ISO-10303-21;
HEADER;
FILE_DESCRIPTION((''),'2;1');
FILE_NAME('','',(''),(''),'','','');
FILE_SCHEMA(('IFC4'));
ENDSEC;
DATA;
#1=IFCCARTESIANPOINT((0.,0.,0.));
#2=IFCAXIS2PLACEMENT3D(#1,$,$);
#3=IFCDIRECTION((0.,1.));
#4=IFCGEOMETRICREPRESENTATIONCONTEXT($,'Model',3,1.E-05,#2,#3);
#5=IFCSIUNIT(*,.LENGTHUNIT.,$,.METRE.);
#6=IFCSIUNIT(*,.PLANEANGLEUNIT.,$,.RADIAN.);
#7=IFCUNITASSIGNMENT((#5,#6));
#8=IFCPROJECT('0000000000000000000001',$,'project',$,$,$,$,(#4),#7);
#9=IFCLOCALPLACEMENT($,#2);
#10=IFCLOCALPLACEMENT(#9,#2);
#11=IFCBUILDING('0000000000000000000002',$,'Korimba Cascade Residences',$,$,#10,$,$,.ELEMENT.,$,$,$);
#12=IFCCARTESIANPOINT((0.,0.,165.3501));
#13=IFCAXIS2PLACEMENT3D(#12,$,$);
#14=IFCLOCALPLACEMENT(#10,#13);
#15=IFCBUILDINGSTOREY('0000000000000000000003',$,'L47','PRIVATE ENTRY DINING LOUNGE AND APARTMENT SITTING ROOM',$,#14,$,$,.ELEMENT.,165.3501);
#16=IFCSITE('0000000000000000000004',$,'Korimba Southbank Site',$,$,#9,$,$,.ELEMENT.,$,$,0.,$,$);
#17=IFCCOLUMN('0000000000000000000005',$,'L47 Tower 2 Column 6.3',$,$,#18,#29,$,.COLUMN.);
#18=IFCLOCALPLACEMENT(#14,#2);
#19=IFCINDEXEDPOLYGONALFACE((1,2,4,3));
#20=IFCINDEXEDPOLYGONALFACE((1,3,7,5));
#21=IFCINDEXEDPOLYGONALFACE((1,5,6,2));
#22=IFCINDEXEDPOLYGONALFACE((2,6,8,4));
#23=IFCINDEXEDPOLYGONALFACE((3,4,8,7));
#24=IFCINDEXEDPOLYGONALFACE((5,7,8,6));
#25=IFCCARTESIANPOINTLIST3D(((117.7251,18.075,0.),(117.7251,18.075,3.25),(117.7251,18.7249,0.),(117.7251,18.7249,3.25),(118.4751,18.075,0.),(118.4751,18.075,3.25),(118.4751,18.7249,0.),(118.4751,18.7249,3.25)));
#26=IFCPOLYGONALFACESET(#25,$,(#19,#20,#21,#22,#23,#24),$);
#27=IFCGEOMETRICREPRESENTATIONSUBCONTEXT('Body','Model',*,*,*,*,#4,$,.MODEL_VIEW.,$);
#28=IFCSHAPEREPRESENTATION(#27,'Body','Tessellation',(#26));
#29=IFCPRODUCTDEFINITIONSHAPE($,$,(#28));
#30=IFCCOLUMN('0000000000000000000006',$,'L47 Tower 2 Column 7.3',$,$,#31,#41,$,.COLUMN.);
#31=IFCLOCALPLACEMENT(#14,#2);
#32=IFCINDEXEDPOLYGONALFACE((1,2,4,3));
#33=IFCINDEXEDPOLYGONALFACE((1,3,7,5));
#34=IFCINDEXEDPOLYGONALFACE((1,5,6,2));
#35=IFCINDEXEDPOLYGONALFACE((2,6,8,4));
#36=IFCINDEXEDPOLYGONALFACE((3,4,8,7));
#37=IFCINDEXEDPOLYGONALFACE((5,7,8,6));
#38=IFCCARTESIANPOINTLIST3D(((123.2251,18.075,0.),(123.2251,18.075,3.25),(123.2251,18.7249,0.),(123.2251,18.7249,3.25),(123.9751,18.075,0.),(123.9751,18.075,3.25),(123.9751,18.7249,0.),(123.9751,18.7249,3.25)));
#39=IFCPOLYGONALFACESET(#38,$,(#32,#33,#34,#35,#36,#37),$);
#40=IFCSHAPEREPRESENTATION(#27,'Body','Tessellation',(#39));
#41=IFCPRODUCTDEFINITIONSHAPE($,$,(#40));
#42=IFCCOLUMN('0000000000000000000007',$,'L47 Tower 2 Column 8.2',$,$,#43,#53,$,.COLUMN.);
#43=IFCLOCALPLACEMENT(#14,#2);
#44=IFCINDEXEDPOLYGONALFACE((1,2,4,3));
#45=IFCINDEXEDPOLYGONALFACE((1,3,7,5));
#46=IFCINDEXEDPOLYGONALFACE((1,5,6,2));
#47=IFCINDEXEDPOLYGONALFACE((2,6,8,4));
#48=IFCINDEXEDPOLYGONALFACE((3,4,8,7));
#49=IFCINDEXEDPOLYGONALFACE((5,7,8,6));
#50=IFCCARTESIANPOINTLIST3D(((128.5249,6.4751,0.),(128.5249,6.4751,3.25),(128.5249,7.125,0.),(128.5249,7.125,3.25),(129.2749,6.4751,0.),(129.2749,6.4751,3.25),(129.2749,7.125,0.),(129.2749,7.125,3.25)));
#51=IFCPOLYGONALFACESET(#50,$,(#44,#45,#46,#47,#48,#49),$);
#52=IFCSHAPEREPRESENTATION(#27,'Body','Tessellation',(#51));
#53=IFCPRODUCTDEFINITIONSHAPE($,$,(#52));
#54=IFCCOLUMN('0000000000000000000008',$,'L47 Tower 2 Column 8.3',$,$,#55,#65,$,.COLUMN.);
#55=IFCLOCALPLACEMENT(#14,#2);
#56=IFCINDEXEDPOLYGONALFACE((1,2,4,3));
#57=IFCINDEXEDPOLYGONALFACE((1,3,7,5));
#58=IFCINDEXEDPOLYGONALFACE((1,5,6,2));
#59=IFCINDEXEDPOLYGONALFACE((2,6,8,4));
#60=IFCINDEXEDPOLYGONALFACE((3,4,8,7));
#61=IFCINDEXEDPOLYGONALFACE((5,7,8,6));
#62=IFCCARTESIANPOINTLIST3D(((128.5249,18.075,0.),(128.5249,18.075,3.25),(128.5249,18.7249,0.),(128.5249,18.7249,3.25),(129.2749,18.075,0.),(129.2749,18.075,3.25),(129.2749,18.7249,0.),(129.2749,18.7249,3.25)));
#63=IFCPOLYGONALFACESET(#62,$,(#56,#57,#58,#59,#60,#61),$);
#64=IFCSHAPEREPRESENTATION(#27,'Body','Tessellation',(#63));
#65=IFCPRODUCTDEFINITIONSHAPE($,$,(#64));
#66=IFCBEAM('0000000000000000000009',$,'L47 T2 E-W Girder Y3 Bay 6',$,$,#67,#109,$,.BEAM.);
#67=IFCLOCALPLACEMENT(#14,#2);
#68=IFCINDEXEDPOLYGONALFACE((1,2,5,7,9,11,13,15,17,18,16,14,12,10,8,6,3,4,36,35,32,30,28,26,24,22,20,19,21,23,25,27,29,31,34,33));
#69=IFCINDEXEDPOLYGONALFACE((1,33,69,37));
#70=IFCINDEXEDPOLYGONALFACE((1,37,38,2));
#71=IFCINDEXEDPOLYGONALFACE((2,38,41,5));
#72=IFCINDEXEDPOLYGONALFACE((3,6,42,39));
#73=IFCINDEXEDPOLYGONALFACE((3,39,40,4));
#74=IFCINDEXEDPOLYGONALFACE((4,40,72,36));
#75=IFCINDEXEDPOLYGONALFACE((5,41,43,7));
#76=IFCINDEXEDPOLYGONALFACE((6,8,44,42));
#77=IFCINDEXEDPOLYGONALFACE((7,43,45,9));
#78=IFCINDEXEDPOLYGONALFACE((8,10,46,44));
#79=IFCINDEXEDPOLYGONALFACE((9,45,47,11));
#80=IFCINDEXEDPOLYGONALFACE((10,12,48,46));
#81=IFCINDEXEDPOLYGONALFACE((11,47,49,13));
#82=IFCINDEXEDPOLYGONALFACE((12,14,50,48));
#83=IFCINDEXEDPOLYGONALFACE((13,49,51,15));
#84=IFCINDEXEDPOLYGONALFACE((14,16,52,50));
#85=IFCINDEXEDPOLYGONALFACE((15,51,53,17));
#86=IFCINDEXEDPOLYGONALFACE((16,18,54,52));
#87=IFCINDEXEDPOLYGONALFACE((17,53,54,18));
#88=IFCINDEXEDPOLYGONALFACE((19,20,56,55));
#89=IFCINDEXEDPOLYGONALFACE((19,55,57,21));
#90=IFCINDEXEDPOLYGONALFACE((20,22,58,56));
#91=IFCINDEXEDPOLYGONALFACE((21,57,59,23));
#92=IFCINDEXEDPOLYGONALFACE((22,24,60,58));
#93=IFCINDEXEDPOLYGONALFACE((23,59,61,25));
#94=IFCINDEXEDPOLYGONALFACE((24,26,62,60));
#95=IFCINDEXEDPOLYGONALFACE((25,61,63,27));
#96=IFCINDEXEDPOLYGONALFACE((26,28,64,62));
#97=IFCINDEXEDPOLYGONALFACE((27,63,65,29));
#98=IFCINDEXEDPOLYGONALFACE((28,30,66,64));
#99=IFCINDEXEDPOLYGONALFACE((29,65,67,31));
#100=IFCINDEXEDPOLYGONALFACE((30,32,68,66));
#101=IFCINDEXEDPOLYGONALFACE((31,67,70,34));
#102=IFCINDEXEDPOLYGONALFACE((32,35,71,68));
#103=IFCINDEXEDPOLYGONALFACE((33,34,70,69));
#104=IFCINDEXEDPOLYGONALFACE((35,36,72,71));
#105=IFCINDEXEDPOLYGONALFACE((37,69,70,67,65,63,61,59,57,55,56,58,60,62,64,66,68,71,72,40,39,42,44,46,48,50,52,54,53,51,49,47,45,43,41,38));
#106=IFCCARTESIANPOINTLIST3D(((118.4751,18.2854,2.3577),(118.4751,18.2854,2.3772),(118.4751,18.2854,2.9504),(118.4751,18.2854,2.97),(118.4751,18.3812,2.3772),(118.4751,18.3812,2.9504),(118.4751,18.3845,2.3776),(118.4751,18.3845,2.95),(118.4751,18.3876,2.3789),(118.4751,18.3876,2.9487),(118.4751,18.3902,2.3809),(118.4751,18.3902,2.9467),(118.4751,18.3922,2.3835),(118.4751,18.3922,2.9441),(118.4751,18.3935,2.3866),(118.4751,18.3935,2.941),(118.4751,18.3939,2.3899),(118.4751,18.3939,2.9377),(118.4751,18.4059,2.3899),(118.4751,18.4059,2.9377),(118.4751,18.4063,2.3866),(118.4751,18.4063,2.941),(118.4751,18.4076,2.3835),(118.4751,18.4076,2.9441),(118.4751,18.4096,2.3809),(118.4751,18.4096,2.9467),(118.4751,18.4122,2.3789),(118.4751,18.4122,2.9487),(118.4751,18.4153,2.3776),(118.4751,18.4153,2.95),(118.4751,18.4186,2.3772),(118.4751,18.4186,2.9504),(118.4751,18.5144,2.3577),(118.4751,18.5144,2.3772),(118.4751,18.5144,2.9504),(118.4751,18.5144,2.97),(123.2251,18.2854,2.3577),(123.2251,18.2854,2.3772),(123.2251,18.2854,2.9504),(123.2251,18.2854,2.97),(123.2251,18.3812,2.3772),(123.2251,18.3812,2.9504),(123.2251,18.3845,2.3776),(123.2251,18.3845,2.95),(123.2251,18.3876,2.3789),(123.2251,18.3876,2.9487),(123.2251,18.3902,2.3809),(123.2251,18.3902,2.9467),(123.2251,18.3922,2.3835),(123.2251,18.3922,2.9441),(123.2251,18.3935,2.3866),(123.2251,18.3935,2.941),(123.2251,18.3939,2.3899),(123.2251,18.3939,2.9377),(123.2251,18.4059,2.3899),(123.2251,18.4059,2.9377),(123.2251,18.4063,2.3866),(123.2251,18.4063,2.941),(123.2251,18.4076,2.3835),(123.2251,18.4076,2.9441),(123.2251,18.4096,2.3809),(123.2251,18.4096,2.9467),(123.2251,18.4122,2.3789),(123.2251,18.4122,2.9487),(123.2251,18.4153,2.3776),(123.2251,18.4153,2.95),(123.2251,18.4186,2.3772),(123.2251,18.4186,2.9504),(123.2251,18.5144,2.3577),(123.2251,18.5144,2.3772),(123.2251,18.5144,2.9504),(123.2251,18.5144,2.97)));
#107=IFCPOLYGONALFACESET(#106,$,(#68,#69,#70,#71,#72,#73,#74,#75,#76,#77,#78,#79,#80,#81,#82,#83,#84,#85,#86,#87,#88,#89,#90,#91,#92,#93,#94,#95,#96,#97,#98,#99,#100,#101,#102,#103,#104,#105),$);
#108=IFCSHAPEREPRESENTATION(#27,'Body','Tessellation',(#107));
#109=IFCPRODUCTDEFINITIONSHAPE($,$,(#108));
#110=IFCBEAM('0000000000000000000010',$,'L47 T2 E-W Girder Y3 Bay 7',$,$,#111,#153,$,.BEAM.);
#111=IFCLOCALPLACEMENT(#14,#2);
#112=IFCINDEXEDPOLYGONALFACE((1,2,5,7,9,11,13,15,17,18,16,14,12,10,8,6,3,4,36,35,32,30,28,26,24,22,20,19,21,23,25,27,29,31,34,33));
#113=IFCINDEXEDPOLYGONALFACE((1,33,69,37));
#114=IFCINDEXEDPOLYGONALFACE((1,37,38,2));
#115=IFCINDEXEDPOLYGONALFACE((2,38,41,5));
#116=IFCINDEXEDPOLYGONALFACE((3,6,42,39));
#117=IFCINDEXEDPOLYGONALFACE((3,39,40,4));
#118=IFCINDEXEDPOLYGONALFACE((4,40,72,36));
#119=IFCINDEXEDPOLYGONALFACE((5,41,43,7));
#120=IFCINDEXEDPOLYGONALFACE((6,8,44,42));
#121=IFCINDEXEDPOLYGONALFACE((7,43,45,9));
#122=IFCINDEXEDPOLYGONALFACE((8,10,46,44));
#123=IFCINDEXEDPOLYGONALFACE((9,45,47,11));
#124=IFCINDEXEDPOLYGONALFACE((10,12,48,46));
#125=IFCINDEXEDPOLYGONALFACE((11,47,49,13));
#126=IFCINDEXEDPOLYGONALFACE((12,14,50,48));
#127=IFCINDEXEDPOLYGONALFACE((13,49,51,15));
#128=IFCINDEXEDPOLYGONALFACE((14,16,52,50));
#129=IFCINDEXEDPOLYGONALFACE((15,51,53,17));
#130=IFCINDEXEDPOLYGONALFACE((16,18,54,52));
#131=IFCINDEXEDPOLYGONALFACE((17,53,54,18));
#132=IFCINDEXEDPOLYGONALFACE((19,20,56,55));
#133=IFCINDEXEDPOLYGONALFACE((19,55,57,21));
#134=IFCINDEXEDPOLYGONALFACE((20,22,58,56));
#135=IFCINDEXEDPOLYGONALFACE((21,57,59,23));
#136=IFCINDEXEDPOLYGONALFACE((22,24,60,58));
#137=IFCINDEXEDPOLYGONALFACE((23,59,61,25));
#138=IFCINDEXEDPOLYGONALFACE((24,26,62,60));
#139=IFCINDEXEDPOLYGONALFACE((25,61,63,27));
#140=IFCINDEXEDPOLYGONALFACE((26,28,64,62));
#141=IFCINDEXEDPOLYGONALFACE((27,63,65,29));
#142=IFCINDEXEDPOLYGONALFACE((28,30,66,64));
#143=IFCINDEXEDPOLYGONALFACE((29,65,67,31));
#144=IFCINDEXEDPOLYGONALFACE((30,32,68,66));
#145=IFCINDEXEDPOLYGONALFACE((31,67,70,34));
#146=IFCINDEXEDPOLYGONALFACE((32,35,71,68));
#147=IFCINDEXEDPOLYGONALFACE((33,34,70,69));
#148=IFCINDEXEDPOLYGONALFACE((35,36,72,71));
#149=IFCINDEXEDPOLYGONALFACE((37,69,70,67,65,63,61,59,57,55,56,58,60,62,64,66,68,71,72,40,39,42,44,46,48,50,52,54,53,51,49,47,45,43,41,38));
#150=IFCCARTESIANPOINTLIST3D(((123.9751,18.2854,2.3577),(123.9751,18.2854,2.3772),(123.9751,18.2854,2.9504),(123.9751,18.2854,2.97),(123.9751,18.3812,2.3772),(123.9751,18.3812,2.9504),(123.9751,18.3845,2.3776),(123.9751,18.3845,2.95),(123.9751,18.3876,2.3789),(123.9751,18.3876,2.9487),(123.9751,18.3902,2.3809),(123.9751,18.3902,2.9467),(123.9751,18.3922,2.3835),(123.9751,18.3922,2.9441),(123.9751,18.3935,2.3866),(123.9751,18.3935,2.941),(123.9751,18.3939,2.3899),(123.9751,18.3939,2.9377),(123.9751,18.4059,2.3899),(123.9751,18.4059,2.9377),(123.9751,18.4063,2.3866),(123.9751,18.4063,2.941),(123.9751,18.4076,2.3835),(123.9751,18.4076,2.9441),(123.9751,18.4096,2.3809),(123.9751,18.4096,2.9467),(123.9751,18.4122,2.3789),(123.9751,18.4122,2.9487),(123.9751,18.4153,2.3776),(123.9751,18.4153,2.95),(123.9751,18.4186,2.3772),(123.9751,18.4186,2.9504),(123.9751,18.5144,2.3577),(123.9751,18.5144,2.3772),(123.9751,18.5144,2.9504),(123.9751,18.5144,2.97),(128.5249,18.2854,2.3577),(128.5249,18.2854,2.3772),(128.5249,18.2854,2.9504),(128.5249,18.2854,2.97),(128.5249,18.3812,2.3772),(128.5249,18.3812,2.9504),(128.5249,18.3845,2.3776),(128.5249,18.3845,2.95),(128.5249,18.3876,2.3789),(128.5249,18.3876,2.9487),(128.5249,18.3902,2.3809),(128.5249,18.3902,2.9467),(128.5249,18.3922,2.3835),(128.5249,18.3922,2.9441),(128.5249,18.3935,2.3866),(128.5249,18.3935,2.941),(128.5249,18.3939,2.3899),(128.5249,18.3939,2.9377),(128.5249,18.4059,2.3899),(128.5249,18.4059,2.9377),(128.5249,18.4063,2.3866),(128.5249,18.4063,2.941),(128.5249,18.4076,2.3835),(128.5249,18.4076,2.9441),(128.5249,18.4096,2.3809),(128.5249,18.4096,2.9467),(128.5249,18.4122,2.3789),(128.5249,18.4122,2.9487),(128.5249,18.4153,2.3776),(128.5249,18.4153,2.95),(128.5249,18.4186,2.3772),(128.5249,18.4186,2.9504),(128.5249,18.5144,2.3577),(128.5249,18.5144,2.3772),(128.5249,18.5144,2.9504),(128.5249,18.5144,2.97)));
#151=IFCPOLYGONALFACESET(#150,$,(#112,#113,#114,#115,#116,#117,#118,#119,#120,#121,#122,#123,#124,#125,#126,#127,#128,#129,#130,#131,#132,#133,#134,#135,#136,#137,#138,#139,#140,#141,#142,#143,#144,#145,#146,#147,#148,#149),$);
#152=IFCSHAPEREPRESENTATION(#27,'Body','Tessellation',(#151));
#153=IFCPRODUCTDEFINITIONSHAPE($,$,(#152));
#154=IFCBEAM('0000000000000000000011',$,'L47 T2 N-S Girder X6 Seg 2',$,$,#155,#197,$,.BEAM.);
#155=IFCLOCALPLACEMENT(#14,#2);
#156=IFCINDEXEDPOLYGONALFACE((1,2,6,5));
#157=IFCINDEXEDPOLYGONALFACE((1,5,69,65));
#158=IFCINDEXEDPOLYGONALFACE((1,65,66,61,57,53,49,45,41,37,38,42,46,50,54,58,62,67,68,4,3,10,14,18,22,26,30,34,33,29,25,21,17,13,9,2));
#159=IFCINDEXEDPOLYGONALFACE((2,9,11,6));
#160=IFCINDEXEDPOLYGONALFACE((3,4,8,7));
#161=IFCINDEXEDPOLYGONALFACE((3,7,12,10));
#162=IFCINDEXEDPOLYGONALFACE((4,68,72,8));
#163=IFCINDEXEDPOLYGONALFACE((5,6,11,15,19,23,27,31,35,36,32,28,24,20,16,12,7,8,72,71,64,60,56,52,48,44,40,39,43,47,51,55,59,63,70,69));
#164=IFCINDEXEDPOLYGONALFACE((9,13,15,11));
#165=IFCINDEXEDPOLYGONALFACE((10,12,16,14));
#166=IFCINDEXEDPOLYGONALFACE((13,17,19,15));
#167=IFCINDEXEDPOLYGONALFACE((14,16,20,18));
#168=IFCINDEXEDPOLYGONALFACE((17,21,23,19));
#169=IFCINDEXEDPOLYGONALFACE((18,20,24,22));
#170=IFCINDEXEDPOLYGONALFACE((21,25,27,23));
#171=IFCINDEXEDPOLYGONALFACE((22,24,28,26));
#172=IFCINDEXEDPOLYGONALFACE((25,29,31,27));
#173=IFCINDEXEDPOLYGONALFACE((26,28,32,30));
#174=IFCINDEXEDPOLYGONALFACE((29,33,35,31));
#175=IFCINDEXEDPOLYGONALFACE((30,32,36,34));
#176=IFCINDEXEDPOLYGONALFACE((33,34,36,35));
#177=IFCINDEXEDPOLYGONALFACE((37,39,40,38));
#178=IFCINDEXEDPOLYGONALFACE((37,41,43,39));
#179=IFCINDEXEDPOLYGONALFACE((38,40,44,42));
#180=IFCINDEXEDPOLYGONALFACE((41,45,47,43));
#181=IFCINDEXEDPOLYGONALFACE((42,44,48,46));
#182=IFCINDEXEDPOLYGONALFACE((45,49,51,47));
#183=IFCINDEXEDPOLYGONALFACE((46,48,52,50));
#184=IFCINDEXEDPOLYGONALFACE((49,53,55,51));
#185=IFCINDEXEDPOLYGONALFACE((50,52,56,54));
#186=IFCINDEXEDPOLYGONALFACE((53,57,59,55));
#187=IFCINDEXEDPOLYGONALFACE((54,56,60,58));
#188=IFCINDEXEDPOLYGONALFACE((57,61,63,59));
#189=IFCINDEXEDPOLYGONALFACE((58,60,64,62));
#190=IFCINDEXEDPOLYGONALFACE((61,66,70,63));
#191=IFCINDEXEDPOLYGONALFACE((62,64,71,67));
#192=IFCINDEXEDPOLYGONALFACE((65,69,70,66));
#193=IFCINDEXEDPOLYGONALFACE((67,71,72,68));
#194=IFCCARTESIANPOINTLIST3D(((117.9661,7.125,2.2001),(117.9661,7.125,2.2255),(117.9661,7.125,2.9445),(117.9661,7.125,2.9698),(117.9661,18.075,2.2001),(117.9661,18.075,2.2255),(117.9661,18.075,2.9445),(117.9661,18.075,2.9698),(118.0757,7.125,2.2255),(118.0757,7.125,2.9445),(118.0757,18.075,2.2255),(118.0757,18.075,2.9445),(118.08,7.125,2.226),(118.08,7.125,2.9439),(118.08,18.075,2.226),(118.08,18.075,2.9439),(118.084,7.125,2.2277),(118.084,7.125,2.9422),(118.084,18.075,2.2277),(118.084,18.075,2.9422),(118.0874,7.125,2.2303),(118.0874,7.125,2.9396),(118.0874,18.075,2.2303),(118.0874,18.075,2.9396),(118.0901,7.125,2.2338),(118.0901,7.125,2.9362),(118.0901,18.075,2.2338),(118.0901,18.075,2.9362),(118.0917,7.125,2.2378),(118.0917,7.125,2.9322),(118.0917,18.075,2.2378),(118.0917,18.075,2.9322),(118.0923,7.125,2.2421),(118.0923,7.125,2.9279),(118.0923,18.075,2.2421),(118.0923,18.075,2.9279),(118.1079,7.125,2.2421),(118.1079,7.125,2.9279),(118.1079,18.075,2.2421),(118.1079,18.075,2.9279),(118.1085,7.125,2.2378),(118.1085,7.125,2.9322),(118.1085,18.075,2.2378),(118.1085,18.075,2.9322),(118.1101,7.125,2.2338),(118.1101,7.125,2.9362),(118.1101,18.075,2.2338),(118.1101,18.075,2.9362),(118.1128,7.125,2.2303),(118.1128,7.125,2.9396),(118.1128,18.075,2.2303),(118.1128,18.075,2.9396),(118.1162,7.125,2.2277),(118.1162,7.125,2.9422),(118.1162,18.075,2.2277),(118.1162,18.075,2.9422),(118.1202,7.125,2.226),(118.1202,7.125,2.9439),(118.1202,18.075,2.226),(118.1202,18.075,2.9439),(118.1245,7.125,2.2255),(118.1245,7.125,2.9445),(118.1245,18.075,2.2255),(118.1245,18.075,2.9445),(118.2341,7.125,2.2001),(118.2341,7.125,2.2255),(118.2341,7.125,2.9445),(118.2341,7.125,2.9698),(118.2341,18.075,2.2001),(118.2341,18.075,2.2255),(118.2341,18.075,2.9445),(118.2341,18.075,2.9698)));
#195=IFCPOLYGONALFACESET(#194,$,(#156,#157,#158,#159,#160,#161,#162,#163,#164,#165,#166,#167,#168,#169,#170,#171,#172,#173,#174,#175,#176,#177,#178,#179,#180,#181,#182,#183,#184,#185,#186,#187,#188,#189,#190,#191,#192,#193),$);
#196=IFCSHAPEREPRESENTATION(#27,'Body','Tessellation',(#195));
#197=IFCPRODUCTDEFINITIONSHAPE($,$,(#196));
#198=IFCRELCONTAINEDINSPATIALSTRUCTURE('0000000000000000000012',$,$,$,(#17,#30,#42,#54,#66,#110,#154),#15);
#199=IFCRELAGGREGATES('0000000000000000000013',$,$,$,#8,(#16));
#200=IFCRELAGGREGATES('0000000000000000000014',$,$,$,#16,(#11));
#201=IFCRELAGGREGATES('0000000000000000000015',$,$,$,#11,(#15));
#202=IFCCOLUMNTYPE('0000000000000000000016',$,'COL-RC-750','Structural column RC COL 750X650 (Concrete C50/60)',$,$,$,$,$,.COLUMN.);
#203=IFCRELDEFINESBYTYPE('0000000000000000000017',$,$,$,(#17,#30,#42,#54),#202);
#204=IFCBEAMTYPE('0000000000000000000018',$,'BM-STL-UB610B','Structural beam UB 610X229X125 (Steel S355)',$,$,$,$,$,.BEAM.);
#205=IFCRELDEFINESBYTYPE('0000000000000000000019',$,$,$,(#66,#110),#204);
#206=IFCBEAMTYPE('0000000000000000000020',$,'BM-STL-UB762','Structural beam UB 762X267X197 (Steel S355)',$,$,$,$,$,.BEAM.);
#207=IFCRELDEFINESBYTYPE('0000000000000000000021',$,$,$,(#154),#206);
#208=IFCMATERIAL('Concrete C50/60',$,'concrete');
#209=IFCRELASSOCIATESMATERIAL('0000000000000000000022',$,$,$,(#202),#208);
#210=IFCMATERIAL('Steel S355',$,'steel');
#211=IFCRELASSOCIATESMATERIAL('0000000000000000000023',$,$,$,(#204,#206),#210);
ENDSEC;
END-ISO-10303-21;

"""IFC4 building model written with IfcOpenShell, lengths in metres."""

from ifc_helpers import new_model, si_unit, direction, frame, origin, origin_2d, place, context, subcontext, project, spatial, rectangle, i_section, extrude, material, material_profile, profile_set, type_object, element, save


model = new_model("IFC4")

# Units and contexts
model_context = context("Model", 3, precision=1e-05, world=origin(), true_north=direction((0.0, 1.0)))
body_context = subcontext(model_context, "Body", "Model", "MODEL_VIEW")
ifc_project = project(units=[si_unit("LENGTHUNIT", "METRE"), si_unit("PLANEANGLEUNIT", "RADIAN")], contexts=[model_context])

# Site, building, storey
site_placement = place(None, origin())
site = spatial("IfcSite", under=ifc_project, at=site_placement, Name="Korimba Southbank Site", CompositionType="ELEMENT", RefElevation=0.0)
building_placement = place(site_placement, origin())
building = spatial("IfcBuilding", under=site, at=building_placement, Name="Korimba Cascade Residences", CompositionType="ELEMENT")
storey_placement = place(building_placement, frame((0.0, 0.0, 165.3501)))
storey = spatial("IfcBuildingStorey", under=building, at=storey_placement, Name="L47", Description="PRIVATE ENTRY DINING LOUNGE AND APARTMENT SITTING ROOM", CompositionType="ELEMENT", Elevation=165.3501)

# Columns
ifc_material_1 = material(Name="Concrete C50/60", Category="concrete")
ifc_material_profile_1 = material_profile(ifc_material_1, rectangle(XDim=0.75, YDim=0.6499, at=origin_2d()), Name="Concrete C50/60")
ifc_profile_set_1 = profile_set([ifc_material_profile_1], Name="Concrete C50/60")
column_type = type_object("IfcColumnType", Name="COL-RC-750", Description="Structural column RC COL 750X650 (Concrete C50/60)", PredefinedType="COLUMN", material=ifc_profile_set_1)
for number, where, z_axis, x_axis, name in (
    (1, (118.1001, 18.3999, 0.0), (0.0, 0.0, 1.0), (1.0, 0.0, 0.0), "L47 Tower 2 Column 6.3"),
    (2, (123.6001, 18.3999, 0.0), (0.0, 0.0, 1.0), (1.0, 0.0, 0.0), "L47 Tower 2 Column 7.3"),
    (3, (128.8999, 6.8, 0.0), (0.0, 0.0, 1.0), (1.0, 0.0, 0.0), "L47 Tower 2 Column 8.2"),
    (4, (128.8999, 18.3999, 0.0), (0.0, 0.0, 1.0), (1.0, 0.0, 0.0), "L47 Tower 2 Column 8.3"),
):
    element("IfcColumn", number, at=place(storey_placement, frame(where, z_axis=z_axis, x_axis=x_axis)), inside=storey, type_object=column_type, Name=name, PredefinedType="COLUMN", context=body_context, shape_type="SweptSolid", body=[
        extrude(rectangle(XDim=0.75, YDim=0.6499, at=origin_2d()), origin(), (0.0, 0.0, 1.0), 3.25),
    ])

# Beams
ifc_material_2 = material(Name="Steel S355", Category="steel")
ifc_material_profile_2 = material_profile(ifc_material_2, i_section(OverallWidth=0.229, OverallDepth=0.6123, WebThickness=0.012, FlangeThickness=0.0195, FilletRadius=0.0127, at=origin_2d()), Name="Steel S355")
ifc_profile_set_2 = profile_set([ifc_material_profile_2], Name="Steel S355")
beam_type_1 = type_object("IfcBeamType", Name="BM-STL-UB610B", Description="Structural beam UB 610X229X125 (Steel S355)", PredefinedType="BEAM", material=ifc_profile_set_2)
beam_1_placement = place(storey_placement, frame((118.4751, 18.3999, 2.6638), z_axis=(1.0, 0.0, 0.0), x_axis=(0.0, 1.0, 0.0)))
element("IfcBeam", 5, at=beam_1_placement, inside=storey, type_object=beam_type_1, Name="L47 T2 E-W Girder Y3 Bay 6", PredefinedType="BEAM", context=body_context, shape_type="SweptSolid", body=[
    extrude(i_section(OverallWidth=0.229, OverallDepth=0.6123, WebThickness=0.012, FlangeThickness=0.0195, FilletRadius=0.0127, at=origin_2d()), origin(), (0.0, 0.0, 1.0), 4.75),
])
beam_2_placement = place(storey_placement, frame((123.9751, 18.3999, 2.6638), z_axis=(1.0, 0.0, 0.0), x_axis=(0.0, 1.0, 0.0)))
element("IfcBeam", 6, at=beam_2_placement, inside=storey, type_object=beam_type_1, Name="L47 T2 E-W Girder Y3 Bay 7", PredefinedType="BEAM", context=body_context, shape_type="SweptSolid", body=[
    extrude(i_section(OverallWidth=0.229, OverallDepth=0.6123, WebThickness=0.012, FlangeThickness=0.0195, FilletRadius=0.0127, at=origin_2d()), origin(), (0.0, 0.0, 1.0), 4.5498),
])
ifc_material_profile_3 = material_profile(ifc_material_2, i_section(OverallWidth=0.2681, OverallDepth=0.7698, WebThickness=0.0156, FlangeThickness=0.0254, FilletRadius=0.0166, at=origin_2d()), Name="Steel S355")
ifc_profile_set_3 = profile_set([ifc_material_profile_3], Name="Steel S355")
beam_type_2 = type_object("IfcBeamType", Name="BM-STL-UB762", Description="Structural beam UB 762X267X197 (Steel S355)", PredefinedType="BEAM", material=ifc_profile_set_3)
for number, where, z_axis, x_axis, name in (
    (7, (118.1001, 7.125, 2.585), (0.0, 1.0, 0.0), (-1.0, 0.0, 0.0), "L47 T2 N-S Girder X6 Seg 2"),
):
    element("IfcBeam", number, at=place(storey_placement, frame(where, z_axis=z_axis, x_axis=x_axis)), inside=storey, type_object=beam_type_2, Name=name, PredefinedType="BEAM", context=body_context, shape_type="SweptSolid", body=[
        extrude(i_section(OverallWidth=0.2681, OverallDepth=0.7698, WebThickness=0.0156, FlangeThickness=0.0254, FilletRadius=0.0166, at=origin_2d()), origin(), (0.0, 0.0, 1.0), 10.95),
    ])

save(model, "model.ifc")
